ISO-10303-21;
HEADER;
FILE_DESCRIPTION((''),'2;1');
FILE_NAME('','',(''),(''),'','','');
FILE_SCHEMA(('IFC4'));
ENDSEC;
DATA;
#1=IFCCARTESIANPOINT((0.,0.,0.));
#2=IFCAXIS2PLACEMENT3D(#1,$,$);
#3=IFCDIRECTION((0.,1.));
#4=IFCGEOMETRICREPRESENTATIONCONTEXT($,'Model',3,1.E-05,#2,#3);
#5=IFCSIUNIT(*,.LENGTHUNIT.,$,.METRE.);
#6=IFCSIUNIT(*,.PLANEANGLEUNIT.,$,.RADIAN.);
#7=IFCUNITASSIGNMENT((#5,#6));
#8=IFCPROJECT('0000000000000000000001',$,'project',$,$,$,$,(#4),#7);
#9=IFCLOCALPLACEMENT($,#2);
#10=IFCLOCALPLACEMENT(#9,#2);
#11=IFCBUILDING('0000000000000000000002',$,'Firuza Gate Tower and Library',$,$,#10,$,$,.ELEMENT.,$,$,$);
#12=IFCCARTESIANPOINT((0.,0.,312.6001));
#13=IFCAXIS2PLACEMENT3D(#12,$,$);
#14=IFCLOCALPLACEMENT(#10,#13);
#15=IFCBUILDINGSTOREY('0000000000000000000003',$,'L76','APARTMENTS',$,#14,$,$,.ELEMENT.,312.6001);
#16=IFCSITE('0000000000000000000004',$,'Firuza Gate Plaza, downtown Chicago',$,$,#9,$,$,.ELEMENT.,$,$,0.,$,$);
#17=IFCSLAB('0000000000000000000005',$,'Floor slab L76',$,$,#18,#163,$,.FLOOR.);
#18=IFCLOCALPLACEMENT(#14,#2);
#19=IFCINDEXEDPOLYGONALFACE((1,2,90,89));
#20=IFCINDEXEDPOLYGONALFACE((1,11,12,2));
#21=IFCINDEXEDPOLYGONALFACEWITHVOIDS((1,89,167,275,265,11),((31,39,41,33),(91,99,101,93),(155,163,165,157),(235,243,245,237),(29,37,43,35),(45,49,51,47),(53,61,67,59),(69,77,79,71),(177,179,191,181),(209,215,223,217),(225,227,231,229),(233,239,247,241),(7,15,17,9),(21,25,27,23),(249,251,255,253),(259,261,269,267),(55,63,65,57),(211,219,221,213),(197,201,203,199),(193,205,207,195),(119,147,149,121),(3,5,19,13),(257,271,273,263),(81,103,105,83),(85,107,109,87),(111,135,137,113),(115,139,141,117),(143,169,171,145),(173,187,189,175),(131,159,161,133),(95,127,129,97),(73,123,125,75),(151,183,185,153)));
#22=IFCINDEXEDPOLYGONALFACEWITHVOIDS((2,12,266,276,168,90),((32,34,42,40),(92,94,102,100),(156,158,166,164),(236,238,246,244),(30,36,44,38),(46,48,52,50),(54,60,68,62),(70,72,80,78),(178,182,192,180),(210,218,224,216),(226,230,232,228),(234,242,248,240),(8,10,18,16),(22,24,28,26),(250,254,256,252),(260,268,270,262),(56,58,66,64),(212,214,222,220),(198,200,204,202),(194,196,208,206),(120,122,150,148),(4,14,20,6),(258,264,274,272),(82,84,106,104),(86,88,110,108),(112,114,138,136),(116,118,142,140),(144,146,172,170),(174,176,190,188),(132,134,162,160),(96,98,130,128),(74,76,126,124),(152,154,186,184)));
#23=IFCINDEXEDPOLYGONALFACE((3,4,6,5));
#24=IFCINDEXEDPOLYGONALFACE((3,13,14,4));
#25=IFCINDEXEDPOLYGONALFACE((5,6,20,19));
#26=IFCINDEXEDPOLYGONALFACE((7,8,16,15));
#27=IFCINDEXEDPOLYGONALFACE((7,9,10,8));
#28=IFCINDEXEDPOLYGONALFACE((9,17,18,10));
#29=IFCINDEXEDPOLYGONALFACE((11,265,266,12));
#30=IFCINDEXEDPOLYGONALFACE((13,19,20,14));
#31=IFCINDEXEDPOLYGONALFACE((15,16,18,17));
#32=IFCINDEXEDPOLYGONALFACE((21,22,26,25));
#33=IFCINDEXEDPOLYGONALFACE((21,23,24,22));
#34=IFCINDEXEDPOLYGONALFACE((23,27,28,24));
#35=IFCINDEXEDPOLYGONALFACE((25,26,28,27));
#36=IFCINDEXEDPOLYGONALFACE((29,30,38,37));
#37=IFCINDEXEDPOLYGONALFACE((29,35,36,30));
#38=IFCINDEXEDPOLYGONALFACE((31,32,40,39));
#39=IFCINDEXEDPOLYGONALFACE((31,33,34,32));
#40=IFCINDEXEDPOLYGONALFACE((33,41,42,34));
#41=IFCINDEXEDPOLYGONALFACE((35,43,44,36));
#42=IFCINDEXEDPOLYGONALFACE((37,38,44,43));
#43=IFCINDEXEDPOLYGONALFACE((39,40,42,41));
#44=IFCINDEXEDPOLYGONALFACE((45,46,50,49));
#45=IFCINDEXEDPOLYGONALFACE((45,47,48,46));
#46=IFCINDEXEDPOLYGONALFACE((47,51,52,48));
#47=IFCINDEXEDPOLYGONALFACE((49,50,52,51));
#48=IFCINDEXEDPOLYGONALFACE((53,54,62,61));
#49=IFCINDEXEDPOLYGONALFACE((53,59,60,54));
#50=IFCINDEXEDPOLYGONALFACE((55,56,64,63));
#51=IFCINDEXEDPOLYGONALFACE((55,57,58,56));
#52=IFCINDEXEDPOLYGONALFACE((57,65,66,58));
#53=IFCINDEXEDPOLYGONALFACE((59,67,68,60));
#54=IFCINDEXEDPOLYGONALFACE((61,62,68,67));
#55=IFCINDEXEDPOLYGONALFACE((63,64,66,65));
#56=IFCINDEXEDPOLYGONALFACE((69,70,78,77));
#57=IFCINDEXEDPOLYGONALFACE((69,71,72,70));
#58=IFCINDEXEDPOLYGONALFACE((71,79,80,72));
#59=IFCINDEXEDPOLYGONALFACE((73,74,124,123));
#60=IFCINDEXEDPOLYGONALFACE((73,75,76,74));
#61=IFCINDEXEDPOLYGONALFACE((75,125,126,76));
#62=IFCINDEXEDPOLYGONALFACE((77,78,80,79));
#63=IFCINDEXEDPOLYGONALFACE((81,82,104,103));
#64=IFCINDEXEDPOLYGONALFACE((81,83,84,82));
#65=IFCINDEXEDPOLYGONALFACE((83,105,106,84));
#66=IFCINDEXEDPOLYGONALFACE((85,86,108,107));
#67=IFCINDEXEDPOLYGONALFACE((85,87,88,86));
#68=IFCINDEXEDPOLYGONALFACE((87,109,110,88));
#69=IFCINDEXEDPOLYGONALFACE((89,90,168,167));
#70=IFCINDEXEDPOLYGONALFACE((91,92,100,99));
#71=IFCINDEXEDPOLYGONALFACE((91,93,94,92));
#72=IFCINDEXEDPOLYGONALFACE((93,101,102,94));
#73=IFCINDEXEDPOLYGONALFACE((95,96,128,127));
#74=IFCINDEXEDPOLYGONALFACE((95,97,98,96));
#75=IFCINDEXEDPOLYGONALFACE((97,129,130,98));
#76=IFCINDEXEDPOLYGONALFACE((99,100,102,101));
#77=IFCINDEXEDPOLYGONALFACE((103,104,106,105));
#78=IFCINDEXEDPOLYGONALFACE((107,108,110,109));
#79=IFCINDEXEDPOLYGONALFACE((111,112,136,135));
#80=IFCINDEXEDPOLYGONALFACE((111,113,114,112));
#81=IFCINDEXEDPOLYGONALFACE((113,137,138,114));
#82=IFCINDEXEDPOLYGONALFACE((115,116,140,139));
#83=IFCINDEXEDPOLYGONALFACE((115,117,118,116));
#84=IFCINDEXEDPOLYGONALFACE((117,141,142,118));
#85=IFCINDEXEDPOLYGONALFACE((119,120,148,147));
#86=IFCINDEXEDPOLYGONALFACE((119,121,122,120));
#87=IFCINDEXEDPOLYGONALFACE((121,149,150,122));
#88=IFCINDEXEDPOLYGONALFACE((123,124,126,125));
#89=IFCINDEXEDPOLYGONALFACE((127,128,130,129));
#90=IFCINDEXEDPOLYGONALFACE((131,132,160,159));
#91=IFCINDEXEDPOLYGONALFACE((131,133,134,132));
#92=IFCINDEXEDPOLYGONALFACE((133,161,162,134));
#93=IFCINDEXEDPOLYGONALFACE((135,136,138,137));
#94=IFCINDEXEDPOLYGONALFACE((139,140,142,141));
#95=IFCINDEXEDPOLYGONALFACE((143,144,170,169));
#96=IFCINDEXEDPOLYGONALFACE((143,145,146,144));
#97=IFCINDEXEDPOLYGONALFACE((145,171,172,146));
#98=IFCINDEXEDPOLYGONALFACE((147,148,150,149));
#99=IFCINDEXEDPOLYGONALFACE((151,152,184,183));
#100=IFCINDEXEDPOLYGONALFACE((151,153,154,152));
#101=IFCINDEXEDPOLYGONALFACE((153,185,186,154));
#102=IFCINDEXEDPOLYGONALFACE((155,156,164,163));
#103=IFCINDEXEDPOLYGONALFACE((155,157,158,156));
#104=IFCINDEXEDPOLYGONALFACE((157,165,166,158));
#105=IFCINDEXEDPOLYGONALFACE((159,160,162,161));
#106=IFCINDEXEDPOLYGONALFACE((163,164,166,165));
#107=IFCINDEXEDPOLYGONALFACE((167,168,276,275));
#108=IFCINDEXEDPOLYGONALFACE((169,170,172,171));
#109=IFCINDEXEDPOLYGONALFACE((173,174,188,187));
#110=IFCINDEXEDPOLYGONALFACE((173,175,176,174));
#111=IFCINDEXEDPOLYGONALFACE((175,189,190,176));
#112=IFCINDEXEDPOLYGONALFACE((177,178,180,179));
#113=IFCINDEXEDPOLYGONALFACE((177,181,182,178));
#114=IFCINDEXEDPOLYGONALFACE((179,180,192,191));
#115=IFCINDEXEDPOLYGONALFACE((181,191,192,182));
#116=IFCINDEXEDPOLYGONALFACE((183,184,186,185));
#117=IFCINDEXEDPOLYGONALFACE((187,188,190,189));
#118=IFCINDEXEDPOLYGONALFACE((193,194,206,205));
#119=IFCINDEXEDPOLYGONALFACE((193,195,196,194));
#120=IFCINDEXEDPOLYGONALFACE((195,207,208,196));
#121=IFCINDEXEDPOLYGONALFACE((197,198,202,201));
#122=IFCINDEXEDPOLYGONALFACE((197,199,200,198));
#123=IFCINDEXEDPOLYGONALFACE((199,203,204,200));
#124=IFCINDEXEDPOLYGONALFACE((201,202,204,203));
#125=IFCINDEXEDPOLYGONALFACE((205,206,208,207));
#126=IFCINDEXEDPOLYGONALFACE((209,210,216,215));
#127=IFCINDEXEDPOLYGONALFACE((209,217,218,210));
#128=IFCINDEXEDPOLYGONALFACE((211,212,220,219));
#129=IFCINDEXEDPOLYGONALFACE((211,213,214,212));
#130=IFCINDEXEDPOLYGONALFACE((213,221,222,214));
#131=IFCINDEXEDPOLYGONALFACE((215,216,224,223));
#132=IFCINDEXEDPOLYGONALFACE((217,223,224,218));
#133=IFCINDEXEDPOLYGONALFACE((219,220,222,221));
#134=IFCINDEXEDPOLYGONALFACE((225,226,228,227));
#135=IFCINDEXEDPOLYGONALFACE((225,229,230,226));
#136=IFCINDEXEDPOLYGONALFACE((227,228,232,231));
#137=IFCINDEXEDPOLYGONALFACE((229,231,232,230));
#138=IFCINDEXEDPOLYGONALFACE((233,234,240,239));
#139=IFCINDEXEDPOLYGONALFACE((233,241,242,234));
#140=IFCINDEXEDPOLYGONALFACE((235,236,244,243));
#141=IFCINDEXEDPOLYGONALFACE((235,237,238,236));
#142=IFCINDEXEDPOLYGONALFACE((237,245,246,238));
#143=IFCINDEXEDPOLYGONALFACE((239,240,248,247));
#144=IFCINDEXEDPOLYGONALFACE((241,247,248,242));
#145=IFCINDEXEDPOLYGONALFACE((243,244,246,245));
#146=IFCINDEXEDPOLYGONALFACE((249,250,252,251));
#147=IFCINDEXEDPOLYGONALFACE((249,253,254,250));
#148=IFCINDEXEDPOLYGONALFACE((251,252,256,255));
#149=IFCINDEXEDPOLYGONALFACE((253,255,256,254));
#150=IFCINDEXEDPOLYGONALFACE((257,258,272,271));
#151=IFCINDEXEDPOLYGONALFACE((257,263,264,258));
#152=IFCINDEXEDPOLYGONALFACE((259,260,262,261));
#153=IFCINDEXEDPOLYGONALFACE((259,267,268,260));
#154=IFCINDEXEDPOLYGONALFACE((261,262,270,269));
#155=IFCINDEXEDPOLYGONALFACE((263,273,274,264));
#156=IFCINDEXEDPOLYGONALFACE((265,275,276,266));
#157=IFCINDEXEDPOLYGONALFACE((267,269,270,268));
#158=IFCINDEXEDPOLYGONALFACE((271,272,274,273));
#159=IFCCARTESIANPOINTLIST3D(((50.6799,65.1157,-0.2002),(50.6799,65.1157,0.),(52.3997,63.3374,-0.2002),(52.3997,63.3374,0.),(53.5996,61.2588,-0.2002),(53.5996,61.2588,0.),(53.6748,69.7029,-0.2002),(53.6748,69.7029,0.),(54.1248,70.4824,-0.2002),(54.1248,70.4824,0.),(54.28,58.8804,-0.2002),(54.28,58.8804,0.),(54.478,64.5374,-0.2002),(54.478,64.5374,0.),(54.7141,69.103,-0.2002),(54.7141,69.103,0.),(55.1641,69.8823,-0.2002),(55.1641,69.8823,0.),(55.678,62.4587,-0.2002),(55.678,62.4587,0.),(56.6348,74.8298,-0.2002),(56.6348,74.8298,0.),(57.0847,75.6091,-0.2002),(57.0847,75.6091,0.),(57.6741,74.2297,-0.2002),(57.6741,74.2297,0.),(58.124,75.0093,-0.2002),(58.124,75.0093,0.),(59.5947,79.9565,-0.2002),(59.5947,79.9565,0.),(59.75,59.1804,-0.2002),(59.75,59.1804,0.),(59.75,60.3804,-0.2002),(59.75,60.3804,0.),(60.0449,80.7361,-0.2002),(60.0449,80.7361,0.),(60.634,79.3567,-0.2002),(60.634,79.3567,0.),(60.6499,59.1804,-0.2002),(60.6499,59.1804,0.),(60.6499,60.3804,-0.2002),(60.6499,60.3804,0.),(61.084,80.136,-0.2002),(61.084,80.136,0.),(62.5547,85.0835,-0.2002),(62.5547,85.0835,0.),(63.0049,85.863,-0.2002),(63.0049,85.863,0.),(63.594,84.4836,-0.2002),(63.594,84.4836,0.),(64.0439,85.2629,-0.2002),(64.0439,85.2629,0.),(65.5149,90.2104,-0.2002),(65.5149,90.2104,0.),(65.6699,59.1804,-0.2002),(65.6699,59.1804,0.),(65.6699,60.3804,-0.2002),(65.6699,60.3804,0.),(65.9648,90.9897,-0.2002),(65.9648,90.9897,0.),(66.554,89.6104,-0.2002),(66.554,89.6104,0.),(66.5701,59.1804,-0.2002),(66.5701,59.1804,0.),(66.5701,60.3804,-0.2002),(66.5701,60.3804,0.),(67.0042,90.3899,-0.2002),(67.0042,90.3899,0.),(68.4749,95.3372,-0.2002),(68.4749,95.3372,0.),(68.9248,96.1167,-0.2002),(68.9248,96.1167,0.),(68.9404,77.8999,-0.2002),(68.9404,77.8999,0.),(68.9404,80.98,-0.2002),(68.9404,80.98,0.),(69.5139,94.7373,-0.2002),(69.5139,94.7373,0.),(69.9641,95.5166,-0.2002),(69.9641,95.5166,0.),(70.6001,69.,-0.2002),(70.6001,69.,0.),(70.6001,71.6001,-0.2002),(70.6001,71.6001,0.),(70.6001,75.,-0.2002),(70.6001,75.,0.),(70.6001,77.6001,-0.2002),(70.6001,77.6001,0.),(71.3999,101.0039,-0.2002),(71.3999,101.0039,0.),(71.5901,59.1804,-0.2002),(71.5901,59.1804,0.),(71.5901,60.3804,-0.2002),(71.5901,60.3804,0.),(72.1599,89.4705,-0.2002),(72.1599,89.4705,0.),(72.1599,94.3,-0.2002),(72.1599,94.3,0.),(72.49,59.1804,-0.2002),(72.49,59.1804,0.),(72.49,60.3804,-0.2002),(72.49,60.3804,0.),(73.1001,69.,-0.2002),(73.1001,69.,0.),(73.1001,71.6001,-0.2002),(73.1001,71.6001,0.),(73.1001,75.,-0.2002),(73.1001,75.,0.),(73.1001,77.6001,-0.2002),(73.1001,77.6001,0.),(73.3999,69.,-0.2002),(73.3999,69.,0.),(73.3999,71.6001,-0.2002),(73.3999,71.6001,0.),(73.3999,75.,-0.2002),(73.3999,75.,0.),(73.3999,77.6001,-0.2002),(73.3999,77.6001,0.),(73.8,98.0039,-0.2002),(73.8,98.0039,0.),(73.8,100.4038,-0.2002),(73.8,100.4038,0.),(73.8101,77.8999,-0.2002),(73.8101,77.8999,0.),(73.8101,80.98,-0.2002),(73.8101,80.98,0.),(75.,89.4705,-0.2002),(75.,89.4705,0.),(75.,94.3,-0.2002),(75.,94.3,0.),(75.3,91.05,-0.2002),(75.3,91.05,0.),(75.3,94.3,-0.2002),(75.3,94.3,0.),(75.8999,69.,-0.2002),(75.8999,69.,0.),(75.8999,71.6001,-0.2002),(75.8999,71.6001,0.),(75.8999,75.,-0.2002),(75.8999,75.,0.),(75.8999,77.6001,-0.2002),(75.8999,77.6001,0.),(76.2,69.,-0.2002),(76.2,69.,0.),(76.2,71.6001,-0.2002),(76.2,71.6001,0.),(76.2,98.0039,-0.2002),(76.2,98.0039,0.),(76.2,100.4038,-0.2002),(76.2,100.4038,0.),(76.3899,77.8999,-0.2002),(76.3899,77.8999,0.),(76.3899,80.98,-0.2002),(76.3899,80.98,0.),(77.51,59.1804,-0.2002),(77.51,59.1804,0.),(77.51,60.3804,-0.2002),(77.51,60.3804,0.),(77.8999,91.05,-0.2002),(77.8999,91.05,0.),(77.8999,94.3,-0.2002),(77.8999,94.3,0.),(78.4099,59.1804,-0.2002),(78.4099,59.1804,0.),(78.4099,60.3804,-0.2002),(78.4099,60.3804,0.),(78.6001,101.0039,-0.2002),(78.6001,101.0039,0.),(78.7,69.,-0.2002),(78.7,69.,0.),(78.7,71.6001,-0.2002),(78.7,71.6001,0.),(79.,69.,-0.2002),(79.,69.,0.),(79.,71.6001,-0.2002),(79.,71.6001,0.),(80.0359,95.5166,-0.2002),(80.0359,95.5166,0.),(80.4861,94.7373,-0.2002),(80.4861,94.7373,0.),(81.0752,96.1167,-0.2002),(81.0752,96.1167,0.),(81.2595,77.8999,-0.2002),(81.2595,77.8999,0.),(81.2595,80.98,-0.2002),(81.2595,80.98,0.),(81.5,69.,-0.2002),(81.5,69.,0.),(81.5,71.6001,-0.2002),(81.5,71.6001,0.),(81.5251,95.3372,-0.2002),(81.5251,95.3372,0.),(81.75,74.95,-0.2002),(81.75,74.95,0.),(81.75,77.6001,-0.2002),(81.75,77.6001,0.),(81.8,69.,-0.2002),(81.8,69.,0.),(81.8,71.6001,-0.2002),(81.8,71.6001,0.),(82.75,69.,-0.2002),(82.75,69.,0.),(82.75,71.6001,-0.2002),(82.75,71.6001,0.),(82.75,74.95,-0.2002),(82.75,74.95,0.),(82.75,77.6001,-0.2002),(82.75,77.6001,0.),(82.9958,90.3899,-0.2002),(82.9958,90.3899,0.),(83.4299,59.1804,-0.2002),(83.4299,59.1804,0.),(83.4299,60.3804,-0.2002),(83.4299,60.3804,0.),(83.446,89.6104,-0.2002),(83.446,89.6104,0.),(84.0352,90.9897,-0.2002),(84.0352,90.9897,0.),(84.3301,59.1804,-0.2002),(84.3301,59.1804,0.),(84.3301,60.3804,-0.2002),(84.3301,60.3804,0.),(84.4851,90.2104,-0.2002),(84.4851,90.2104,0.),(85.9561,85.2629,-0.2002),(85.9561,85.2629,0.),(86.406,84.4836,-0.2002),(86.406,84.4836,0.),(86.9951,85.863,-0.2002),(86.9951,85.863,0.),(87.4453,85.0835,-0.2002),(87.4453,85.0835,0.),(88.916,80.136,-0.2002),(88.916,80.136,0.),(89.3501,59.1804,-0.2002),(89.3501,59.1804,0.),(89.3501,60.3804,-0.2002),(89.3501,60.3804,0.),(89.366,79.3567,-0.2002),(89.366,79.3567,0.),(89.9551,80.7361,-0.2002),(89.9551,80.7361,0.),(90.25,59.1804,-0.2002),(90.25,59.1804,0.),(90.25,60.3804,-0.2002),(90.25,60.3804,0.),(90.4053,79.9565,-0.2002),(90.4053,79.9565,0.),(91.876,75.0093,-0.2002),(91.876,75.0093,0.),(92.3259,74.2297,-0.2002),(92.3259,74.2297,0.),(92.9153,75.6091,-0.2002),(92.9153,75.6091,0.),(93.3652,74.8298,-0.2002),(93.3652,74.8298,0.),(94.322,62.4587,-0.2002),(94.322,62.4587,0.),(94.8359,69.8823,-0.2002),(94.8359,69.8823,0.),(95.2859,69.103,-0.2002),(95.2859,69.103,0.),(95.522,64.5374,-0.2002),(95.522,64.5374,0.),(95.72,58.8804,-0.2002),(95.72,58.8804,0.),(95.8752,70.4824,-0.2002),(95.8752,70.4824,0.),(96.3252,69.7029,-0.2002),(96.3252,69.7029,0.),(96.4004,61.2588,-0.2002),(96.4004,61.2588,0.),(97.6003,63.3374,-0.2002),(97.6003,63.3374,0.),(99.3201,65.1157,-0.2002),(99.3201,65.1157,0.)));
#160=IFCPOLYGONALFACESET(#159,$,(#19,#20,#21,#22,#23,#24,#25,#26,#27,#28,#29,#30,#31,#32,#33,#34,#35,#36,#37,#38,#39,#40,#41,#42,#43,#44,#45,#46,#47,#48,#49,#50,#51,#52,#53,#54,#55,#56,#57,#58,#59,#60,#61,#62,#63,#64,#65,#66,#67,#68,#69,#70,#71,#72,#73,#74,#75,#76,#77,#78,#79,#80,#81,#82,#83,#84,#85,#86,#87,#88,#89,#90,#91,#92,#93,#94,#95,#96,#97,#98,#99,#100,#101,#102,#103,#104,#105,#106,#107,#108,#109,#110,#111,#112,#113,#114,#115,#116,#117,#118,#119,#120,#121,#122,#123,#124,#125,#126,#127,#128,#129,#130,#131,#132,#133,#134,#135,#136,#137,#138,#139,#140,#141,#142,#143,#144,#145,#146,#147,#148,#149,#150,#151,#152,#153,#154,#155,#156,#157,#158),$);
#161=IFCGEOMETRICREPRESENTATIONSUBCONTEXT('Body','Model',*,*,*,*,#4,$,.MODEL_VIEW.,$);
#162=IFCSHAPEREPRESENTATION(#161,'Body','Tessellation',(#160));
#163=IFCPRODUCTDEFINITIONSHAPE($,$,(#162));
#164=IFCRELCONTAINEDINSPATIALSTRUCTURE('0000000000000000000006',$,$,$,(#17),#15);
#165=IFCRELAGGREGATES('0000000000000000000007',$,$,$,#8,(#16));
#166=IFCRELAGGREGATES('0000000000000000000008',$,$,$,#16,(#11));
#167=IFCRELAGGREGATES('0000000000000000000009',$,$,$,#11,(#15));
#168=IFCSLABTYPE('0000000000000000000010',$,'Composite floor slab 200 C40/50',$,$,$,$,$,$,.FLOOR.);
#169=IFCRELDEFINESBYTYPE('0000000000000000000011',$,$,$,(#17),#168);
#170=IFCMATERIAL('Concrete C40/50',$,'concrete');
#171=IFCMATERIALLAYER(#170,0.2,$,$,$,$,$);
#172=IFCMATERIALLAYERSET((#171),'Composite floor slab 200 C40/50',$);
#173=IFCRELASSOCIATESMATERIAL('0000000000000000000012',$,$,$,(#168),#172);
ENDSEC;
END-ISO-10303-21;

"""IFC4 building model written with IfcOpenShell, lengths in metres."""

from ifc_helpers import new_model, si_unit, direction, frame, origin, place, context, subcontext, project, spatial, polyline, outline, extrude, material, layer, layer_set, type_object, element, save


model = new_model("IFC4")

# Units and contexts
model_context = context("Model", 3, precision=1e-05, world=origin(), true_north=direction((0.0, 1.0)))
body_context = subcontext(model_context, "Body", "Model", "MODEL_VIEW")
ifc_project = project(units=[si_unit("LENGTHUNIT", "METRE"), si_unit("PLANEANGLEUNIT", "RADIAN")], contexts=[model_context])

# Site, building, storey
site_placement = place(None, origin())
site = spatial("IfcSite", under=ifc_project, at=site_placement, Name="Firuza Gate Plaza, downtown Chicago", CompositionType="ELEMENT", RefElevation=0.0)
building_placement = place(site_placement, origin())
building = spatial("IfcBuilding", under=site, at=building_placement, Name="Firuza Gate Tower and Library", CompositionType="ELEMENT")
storey_placement = place(building_placement, frame((0.0, 0.0, 312.6001)))
storey = spatial("IfcBuildingStorey", under=building, at=storey_placement, Name="L76", Description="APARTMENTS", CompositionType="ELEMENT", Elevation=312.6001)

# Slab
ifc_material_1 = material(Name="Concrete C40/50", Category="concrete")
ifc_layer_1 = layer(ifc_material_1, 0.2)
ifc_layer_set_1 = layer_set([ifc_layer_1], Name="Composite floor slab 200 C40/50")
slab_type_1 = type_object("IfcSlabType", Name="Composite floor slab 200 C40/50", PredefinedType="FLOOR", material=ifc_layer_set_1)
slab_1_placement = place(storey_placement, frame((0.0, 0.0, -0.2002)))
element("IfcSlab", 1, at=slab_1_placement, inside=storey, type_object=slab_type_1, Name="Floor slab L76", PredefinedType="FLOOR", context=body_context, shape_type="SweptSolid", body=[
    extrude(outline(polyline([(50.6799, 65.1157), (54.28, 58.8804), (95.72, 58.8804), (99.3201, 65.1157), (78.6001, 101.0039), (71.3999, 101.0039), (50.6799, 65.1157)]), holes=[polyline([(59.75, 59.1804), (59.75, 60.3804), (60.6499, 60.3804), (60.6499, 59.1804), (59.75, 59.1804)]), polyline([(65.6699, 59.1804), (65.6699, 60.3804), (66.5701, 60.3804), (66.5701, 59.1804), (65.6699, 59.1804)]), polyline([(71.5901, 59.1804), (71.5901, 60.3804), (72.49, 60.3804), (72.49, 59.1804), (71.5901, 59.1804)]), polyline([(52.3997, 63.3374), (54.478, 64.5374), (55.678, 62.4587), (53.5996, 61.2588), (52.3997, 63.3374)]), polyline([(54.1248, 70.4824), (55.1641, 69.8823), (54.7141, 69.103), (53.6748, 69.7029), (54.1248, 70.4824)]), polyline([(73.1001, 69.0), (70.6001, 69.0), (70.6001, 71.6001), (73.1001, 71.6001), (73.1001, 69.0)]), polyline([(75.8999, 69.0), (73.3999, 69.0), (73.3999, 71.6001), (75.8999, 71.6001), (75.8999, 69.0)]), polyline([(57.0847, 75.6091), (58.124, 75.0093), (57.6741, 74.2297), (56.6348, 74.8298), (57.0847, 75.6091)]), polyline([(73.1001, 75.0), (70.6001, 75.0), (70.6001, 77.6001), (73.1001, 77.6001), (73.1001, 75.0)]), polyline([(75.8999, 75.0), (73.3999, 75.0), (73.3999, 77.6001), (75.8999, 77.6001), (75.8999, 75.0)]), polyline([(68.9404, 77.8999), (68.9404, 80.98), (73.8101, 80.98), (73.8101, 77.8999), (68.9404, 77.8999)]), polyline([(60.0449, 80.7361), (61.084, 80.136), (60.634, 79.3567), (59.5947, 79.9565), (60.0449, 80.7361)]), polyline([(63.0049, 85.863), (64.0439, 85.2629), (63.594, 84.4836), (62.5547, 85.0835), (63.0049, 85.863)]), polyline([(65.9648, 90.9897), (67.0042, 90.3899), (66.554, 89.6104), (65.5149, 90.2104), (65.9648, 90.9897)]), polyline([(72.1599, 89.4705), (72.1599, 94.3), (75.0, 94.3), (75.0, 89.4705), (72.1599, 89.4705)]), polyline([(68.9248, 96.1167), (69.9641, 95.5166), (69.5139, 94.7373), (68.4749, 95.3372), (68.9248, 96.1167)]), polyline([(76.2, 100.4038), (76.2, 98.0039), (73.8, 98.0039), (73.8, 100.4038), (76.2, 100.4038)]), polyline([(77.51, 59.1804), (77.51, 60.3804), (78.4099, 60.3804), (78.4099, 59.1804), (77.51, 59.1804)]), polyline([(83.4299, 59.1804), (83.4299, 60.3804), (84.3301, 60.3804), (84.3301, 59.1804), (83.4299, 59.1804)]), polyline([(89.3501, 59.1804), (89.3501, 60.3804), (90.25, 60.3804), (90.25, 59.1804), (89.3501, 59.1804)]), polyline([(96.4004, 61.2588), (94.322, 62.4587), (95.522, 64.5374), (97.6003, 63.3374), (96.4004, 61.2588)]), polyline([(96.3252, 69.7029), (95.2859, 69.103), (94.8359, 69.8823), (95.8752, 70.4824), (96.3252, 69.7029)]), polyline([(78.7, 69.0), (76.2, 69.0), (76.2, 71.6001), (78.7, 71.6001), (78.7, 69.0)]), polyline([(81.5, 69.0), (79.0, 69.0), (79.0, 71.6001), (81.5, 71.6001), (81.5, 69.0)]), polyline([(82.75, 69.0), (81.8, 69.0), (81.8, 71.6001), (82.75, 71.6001), (82.75, 69.0)]), polyline([(93.3652, 74.8298), (92.3259, 74.2297), (91.876, 75.0093), (92.9153, 75.6091), (93.3652, 74.8298)]), polyline([(82.75, 74.95), (81.75, 74.95), (81.75, 77.6001), (82.75, 77.6001), (82.75, 74.95)]), polyline([(81.2595, 80.98), (81.2595, 77.8999), (76.3899, 77.8999), (76.3899, 80.98), (81.2595, 80.98)]), polyline([(90.4053, 79.9565), (89.366, 79.3567), (88.916, 80.136), (89.9551, 80.7361), (90.4053, 79.9565)]), polyline([(87.4453, 85.0835), (86.406, 84.4836), (85.9561, 85.2629), (86.9951, 85.863), (87.4453, 85.0835)]), polyline([(84.4851, 90.2104), (83.446, 89.6104), (82.9958, 90.3899), (84.0352, 90.9897), (84.4851, 90.2104)]), polyline([(75.3, 91.05), (75.3, 94.3), (77.8999, 94.3), (77.8999, 91.05), (75.3, 91.05)]), polyline([(80.4861, 94.7373), (80.0359, 95.5166), (81.0752, 96.1167), (81.5251, 95.3372), (80.4861, 94.7373)])]), origin(), (0.0, 0.0, 1.0), 0.2002),
])

save(model, "model.ifc")
